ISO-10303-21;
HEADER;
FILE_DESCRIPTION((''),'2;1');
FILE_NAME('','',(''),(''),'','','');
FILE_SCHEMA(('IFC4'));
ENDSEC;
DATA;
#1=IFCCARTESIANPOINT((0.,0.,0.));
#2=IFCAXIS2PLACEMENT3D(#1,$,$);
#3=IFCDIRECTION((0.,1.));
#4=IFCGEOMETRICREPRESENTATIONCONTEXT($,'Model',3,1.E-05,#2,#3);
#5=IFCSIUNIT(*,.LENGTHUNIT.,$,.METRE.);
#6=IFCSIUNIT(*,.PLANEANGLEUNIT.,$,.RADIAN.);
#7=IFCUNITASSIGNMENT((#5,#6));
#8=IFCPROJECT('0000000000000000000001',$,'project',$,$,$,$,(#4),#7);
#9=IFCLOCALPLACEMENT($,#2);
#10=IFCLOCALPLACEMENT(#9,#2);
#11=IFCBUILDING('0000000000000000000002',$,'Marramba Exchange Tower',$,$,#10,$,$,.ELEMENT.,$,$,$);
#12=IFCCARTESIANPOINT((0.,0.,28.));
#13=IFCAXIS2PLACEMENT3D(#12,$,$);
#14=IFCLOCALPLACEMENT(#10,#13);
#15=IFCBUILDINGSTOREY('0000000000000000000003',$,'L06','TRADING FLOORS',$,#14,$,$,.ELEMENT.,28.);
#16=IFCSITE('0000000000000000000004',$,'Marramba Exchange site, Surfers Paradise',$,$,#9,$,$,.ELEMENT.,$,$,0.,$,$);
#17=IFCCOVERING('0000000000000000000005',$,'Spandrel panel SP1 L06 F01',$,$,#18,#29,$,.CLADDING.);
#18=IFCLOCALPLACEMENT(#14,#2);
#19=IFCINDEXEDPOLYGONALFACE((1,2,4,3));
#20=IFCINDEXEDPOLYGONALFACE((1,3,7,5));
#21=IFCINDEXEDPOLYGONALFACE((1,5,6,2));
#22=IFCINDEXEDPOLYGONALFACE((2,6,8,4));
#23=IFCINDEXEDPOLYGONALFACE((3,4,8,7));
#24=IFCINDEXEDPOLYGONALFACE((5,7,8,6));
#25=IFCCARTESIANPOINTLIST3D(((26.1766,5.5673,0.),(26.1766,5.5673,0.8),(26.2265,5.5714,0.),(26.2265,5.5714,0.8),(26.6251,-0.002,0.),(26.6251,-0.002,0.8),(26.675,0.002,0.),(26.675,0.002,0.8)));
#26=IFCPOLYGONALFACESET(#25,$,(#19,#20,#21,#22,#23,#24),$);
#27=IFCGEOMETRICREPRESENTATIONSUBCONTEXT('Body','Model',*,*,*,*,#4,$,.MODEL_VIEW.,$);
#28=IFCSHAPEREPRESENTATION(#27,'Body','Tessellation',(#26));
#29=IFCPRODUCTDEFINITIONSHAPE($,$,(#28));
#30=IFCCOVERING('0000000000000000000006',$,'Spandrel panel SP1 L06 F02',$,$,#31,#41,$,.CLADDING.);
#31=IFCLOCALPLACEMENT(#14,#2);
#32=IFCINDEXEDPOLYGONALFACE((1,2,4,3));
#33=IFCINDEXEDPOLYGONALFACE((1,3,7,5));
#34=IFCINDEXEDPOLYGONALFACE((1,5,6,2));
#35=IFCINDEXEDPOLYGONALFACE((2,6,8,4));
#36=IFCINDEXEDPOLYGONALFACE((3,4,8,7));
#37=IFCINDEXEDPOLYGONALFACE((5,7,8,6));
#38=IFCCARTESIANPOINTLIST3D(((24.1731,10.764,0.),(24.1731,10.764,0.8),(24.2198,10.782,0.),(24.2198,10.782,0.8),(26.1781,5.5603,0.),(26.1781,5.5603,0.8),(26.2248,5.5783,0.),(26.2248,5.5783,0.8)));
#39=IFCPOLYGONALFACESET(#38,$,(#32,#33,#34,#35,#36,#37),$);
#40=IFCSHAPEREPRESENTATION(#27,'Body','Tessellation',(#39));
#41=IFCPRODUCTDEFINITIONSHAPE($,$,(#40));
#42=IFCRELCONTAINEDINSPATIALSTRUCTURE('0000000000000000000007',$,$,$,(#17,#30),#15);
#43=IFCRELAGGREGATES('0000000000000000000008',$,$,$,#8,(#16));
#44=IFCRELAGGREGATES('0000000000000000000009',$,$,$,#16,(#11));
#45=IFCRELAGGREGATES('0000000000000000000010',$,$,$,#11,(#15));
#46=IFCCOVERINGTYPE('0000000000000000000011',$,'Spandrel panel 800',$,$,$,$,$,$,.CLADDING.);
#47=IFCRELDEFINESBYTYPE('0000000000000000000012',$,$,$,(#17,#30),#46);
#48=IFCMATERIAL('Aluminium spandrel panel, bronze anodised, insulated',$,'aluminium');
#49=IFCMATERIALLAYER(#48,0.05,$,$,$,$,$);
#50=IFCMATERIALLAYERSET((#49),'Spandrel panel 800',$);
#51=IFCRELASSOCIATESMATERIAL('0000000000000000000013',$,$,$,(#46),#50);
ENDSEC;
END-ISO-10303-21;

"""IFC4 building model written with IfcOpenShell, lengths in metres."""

from ifc_helpers import new_model, si_unit, direction, frame, origin, origin_2d, place, context, subcontext, project, spatial, rectangle, extrude, material, layer, layer_set, type_object, element, save


model = new_model("IFC4")

# Units and contexts
model_context = context("Model", 3, precision=1e-05, world=origin(), true_north=direction((0.0, 1.0)))
body_context = subcontext(model_context, "Body", "Model", "MODEL_VIEW")
ifc_project = project(units=[si_unit("LENGTHUNIT", "METRE"), si_unit("PLANEANGLEUNIT", "RADIAN")], contexts=[model_context])

# Site, building, storey
site_placement = place(None, origin())
site = spatial("IfcSite", under=ifc_project, at=site_placement, Name="Marramba Exchange site, Surfers Paradise", CompositionType="ELEMENT", RefElevation=0.0)
building_placement = place(site_placement, origin())
building = spatial("IfcBuilding", under=site, at=building_placement, Name="Marramba Exchange Tower", CompositionType="ELEMENT")
storey_placement = place(building_placement, frame((0.0, 0.0, 28.0)))
storey = spatial("IfcBuildingStorey", under=building, at=storey_placement, Name="L06", Description="TRADING FLOORS", CompositionType="ELEMENT", Elevation=28.0)

# Coverings
ifc_material_1 = material(Name="Aluminium spandrel panel, bronze anodised, insulated", Category="aluminium")
ifc_layer_1 = layer(ifc_material_1, 0.05)
ifc_layer_set_1 = layer_set([ifc_layer_1], Name="Spandrel panel 800")
covering_type = type_object("IfcCoveringType", Name="Spandrel panel 800", PredefinedType="CLADDING", material=ifc_layer_set_1)
covering_1_placement = place(storey_placement, frame((26.4258, 2.7847, 0.0), z_axis=(0.0, 0.0, 1.0), x_axis=(-0.080275, 0.996773, 0.0)))
element("IfcCovering", 1, at=covering_1_placement, inside=storey, type_object=covering_type, Name="Spandrel panel SP1 L06 F01", PredefinedType="CLADDING", context=body_context, shape_type="SweptSolid", body=[
    extrude(rectangle(XDim=5.5874, YDim=0.05, at=origin_2d()), origin(), (0.0, 0.0, 1.0), 0.8),
])
covering_2_placement = place(storey_placement, frame((25.199, 8.1711, 0.0), z_axis=(0.0, 0.0, 1.0), x_axis=(-0.359526, 0.933135, 0.0)))
element("IfcCovering", 2, at=covering_2_placement, inside=storey, type_object=covering_type, Name="Spandrel panel SP1 L06 F02", PredefinedType="CLADDING", context=body_context, shape_type="SweptSolid", body=[
    extrude(rectangle(XDim=5.5767, YDim=0.05, at=origin_2d()), origin(), (0.0, 0.0, 1.0), 0.8),
])

save(model, "model.ifc")
